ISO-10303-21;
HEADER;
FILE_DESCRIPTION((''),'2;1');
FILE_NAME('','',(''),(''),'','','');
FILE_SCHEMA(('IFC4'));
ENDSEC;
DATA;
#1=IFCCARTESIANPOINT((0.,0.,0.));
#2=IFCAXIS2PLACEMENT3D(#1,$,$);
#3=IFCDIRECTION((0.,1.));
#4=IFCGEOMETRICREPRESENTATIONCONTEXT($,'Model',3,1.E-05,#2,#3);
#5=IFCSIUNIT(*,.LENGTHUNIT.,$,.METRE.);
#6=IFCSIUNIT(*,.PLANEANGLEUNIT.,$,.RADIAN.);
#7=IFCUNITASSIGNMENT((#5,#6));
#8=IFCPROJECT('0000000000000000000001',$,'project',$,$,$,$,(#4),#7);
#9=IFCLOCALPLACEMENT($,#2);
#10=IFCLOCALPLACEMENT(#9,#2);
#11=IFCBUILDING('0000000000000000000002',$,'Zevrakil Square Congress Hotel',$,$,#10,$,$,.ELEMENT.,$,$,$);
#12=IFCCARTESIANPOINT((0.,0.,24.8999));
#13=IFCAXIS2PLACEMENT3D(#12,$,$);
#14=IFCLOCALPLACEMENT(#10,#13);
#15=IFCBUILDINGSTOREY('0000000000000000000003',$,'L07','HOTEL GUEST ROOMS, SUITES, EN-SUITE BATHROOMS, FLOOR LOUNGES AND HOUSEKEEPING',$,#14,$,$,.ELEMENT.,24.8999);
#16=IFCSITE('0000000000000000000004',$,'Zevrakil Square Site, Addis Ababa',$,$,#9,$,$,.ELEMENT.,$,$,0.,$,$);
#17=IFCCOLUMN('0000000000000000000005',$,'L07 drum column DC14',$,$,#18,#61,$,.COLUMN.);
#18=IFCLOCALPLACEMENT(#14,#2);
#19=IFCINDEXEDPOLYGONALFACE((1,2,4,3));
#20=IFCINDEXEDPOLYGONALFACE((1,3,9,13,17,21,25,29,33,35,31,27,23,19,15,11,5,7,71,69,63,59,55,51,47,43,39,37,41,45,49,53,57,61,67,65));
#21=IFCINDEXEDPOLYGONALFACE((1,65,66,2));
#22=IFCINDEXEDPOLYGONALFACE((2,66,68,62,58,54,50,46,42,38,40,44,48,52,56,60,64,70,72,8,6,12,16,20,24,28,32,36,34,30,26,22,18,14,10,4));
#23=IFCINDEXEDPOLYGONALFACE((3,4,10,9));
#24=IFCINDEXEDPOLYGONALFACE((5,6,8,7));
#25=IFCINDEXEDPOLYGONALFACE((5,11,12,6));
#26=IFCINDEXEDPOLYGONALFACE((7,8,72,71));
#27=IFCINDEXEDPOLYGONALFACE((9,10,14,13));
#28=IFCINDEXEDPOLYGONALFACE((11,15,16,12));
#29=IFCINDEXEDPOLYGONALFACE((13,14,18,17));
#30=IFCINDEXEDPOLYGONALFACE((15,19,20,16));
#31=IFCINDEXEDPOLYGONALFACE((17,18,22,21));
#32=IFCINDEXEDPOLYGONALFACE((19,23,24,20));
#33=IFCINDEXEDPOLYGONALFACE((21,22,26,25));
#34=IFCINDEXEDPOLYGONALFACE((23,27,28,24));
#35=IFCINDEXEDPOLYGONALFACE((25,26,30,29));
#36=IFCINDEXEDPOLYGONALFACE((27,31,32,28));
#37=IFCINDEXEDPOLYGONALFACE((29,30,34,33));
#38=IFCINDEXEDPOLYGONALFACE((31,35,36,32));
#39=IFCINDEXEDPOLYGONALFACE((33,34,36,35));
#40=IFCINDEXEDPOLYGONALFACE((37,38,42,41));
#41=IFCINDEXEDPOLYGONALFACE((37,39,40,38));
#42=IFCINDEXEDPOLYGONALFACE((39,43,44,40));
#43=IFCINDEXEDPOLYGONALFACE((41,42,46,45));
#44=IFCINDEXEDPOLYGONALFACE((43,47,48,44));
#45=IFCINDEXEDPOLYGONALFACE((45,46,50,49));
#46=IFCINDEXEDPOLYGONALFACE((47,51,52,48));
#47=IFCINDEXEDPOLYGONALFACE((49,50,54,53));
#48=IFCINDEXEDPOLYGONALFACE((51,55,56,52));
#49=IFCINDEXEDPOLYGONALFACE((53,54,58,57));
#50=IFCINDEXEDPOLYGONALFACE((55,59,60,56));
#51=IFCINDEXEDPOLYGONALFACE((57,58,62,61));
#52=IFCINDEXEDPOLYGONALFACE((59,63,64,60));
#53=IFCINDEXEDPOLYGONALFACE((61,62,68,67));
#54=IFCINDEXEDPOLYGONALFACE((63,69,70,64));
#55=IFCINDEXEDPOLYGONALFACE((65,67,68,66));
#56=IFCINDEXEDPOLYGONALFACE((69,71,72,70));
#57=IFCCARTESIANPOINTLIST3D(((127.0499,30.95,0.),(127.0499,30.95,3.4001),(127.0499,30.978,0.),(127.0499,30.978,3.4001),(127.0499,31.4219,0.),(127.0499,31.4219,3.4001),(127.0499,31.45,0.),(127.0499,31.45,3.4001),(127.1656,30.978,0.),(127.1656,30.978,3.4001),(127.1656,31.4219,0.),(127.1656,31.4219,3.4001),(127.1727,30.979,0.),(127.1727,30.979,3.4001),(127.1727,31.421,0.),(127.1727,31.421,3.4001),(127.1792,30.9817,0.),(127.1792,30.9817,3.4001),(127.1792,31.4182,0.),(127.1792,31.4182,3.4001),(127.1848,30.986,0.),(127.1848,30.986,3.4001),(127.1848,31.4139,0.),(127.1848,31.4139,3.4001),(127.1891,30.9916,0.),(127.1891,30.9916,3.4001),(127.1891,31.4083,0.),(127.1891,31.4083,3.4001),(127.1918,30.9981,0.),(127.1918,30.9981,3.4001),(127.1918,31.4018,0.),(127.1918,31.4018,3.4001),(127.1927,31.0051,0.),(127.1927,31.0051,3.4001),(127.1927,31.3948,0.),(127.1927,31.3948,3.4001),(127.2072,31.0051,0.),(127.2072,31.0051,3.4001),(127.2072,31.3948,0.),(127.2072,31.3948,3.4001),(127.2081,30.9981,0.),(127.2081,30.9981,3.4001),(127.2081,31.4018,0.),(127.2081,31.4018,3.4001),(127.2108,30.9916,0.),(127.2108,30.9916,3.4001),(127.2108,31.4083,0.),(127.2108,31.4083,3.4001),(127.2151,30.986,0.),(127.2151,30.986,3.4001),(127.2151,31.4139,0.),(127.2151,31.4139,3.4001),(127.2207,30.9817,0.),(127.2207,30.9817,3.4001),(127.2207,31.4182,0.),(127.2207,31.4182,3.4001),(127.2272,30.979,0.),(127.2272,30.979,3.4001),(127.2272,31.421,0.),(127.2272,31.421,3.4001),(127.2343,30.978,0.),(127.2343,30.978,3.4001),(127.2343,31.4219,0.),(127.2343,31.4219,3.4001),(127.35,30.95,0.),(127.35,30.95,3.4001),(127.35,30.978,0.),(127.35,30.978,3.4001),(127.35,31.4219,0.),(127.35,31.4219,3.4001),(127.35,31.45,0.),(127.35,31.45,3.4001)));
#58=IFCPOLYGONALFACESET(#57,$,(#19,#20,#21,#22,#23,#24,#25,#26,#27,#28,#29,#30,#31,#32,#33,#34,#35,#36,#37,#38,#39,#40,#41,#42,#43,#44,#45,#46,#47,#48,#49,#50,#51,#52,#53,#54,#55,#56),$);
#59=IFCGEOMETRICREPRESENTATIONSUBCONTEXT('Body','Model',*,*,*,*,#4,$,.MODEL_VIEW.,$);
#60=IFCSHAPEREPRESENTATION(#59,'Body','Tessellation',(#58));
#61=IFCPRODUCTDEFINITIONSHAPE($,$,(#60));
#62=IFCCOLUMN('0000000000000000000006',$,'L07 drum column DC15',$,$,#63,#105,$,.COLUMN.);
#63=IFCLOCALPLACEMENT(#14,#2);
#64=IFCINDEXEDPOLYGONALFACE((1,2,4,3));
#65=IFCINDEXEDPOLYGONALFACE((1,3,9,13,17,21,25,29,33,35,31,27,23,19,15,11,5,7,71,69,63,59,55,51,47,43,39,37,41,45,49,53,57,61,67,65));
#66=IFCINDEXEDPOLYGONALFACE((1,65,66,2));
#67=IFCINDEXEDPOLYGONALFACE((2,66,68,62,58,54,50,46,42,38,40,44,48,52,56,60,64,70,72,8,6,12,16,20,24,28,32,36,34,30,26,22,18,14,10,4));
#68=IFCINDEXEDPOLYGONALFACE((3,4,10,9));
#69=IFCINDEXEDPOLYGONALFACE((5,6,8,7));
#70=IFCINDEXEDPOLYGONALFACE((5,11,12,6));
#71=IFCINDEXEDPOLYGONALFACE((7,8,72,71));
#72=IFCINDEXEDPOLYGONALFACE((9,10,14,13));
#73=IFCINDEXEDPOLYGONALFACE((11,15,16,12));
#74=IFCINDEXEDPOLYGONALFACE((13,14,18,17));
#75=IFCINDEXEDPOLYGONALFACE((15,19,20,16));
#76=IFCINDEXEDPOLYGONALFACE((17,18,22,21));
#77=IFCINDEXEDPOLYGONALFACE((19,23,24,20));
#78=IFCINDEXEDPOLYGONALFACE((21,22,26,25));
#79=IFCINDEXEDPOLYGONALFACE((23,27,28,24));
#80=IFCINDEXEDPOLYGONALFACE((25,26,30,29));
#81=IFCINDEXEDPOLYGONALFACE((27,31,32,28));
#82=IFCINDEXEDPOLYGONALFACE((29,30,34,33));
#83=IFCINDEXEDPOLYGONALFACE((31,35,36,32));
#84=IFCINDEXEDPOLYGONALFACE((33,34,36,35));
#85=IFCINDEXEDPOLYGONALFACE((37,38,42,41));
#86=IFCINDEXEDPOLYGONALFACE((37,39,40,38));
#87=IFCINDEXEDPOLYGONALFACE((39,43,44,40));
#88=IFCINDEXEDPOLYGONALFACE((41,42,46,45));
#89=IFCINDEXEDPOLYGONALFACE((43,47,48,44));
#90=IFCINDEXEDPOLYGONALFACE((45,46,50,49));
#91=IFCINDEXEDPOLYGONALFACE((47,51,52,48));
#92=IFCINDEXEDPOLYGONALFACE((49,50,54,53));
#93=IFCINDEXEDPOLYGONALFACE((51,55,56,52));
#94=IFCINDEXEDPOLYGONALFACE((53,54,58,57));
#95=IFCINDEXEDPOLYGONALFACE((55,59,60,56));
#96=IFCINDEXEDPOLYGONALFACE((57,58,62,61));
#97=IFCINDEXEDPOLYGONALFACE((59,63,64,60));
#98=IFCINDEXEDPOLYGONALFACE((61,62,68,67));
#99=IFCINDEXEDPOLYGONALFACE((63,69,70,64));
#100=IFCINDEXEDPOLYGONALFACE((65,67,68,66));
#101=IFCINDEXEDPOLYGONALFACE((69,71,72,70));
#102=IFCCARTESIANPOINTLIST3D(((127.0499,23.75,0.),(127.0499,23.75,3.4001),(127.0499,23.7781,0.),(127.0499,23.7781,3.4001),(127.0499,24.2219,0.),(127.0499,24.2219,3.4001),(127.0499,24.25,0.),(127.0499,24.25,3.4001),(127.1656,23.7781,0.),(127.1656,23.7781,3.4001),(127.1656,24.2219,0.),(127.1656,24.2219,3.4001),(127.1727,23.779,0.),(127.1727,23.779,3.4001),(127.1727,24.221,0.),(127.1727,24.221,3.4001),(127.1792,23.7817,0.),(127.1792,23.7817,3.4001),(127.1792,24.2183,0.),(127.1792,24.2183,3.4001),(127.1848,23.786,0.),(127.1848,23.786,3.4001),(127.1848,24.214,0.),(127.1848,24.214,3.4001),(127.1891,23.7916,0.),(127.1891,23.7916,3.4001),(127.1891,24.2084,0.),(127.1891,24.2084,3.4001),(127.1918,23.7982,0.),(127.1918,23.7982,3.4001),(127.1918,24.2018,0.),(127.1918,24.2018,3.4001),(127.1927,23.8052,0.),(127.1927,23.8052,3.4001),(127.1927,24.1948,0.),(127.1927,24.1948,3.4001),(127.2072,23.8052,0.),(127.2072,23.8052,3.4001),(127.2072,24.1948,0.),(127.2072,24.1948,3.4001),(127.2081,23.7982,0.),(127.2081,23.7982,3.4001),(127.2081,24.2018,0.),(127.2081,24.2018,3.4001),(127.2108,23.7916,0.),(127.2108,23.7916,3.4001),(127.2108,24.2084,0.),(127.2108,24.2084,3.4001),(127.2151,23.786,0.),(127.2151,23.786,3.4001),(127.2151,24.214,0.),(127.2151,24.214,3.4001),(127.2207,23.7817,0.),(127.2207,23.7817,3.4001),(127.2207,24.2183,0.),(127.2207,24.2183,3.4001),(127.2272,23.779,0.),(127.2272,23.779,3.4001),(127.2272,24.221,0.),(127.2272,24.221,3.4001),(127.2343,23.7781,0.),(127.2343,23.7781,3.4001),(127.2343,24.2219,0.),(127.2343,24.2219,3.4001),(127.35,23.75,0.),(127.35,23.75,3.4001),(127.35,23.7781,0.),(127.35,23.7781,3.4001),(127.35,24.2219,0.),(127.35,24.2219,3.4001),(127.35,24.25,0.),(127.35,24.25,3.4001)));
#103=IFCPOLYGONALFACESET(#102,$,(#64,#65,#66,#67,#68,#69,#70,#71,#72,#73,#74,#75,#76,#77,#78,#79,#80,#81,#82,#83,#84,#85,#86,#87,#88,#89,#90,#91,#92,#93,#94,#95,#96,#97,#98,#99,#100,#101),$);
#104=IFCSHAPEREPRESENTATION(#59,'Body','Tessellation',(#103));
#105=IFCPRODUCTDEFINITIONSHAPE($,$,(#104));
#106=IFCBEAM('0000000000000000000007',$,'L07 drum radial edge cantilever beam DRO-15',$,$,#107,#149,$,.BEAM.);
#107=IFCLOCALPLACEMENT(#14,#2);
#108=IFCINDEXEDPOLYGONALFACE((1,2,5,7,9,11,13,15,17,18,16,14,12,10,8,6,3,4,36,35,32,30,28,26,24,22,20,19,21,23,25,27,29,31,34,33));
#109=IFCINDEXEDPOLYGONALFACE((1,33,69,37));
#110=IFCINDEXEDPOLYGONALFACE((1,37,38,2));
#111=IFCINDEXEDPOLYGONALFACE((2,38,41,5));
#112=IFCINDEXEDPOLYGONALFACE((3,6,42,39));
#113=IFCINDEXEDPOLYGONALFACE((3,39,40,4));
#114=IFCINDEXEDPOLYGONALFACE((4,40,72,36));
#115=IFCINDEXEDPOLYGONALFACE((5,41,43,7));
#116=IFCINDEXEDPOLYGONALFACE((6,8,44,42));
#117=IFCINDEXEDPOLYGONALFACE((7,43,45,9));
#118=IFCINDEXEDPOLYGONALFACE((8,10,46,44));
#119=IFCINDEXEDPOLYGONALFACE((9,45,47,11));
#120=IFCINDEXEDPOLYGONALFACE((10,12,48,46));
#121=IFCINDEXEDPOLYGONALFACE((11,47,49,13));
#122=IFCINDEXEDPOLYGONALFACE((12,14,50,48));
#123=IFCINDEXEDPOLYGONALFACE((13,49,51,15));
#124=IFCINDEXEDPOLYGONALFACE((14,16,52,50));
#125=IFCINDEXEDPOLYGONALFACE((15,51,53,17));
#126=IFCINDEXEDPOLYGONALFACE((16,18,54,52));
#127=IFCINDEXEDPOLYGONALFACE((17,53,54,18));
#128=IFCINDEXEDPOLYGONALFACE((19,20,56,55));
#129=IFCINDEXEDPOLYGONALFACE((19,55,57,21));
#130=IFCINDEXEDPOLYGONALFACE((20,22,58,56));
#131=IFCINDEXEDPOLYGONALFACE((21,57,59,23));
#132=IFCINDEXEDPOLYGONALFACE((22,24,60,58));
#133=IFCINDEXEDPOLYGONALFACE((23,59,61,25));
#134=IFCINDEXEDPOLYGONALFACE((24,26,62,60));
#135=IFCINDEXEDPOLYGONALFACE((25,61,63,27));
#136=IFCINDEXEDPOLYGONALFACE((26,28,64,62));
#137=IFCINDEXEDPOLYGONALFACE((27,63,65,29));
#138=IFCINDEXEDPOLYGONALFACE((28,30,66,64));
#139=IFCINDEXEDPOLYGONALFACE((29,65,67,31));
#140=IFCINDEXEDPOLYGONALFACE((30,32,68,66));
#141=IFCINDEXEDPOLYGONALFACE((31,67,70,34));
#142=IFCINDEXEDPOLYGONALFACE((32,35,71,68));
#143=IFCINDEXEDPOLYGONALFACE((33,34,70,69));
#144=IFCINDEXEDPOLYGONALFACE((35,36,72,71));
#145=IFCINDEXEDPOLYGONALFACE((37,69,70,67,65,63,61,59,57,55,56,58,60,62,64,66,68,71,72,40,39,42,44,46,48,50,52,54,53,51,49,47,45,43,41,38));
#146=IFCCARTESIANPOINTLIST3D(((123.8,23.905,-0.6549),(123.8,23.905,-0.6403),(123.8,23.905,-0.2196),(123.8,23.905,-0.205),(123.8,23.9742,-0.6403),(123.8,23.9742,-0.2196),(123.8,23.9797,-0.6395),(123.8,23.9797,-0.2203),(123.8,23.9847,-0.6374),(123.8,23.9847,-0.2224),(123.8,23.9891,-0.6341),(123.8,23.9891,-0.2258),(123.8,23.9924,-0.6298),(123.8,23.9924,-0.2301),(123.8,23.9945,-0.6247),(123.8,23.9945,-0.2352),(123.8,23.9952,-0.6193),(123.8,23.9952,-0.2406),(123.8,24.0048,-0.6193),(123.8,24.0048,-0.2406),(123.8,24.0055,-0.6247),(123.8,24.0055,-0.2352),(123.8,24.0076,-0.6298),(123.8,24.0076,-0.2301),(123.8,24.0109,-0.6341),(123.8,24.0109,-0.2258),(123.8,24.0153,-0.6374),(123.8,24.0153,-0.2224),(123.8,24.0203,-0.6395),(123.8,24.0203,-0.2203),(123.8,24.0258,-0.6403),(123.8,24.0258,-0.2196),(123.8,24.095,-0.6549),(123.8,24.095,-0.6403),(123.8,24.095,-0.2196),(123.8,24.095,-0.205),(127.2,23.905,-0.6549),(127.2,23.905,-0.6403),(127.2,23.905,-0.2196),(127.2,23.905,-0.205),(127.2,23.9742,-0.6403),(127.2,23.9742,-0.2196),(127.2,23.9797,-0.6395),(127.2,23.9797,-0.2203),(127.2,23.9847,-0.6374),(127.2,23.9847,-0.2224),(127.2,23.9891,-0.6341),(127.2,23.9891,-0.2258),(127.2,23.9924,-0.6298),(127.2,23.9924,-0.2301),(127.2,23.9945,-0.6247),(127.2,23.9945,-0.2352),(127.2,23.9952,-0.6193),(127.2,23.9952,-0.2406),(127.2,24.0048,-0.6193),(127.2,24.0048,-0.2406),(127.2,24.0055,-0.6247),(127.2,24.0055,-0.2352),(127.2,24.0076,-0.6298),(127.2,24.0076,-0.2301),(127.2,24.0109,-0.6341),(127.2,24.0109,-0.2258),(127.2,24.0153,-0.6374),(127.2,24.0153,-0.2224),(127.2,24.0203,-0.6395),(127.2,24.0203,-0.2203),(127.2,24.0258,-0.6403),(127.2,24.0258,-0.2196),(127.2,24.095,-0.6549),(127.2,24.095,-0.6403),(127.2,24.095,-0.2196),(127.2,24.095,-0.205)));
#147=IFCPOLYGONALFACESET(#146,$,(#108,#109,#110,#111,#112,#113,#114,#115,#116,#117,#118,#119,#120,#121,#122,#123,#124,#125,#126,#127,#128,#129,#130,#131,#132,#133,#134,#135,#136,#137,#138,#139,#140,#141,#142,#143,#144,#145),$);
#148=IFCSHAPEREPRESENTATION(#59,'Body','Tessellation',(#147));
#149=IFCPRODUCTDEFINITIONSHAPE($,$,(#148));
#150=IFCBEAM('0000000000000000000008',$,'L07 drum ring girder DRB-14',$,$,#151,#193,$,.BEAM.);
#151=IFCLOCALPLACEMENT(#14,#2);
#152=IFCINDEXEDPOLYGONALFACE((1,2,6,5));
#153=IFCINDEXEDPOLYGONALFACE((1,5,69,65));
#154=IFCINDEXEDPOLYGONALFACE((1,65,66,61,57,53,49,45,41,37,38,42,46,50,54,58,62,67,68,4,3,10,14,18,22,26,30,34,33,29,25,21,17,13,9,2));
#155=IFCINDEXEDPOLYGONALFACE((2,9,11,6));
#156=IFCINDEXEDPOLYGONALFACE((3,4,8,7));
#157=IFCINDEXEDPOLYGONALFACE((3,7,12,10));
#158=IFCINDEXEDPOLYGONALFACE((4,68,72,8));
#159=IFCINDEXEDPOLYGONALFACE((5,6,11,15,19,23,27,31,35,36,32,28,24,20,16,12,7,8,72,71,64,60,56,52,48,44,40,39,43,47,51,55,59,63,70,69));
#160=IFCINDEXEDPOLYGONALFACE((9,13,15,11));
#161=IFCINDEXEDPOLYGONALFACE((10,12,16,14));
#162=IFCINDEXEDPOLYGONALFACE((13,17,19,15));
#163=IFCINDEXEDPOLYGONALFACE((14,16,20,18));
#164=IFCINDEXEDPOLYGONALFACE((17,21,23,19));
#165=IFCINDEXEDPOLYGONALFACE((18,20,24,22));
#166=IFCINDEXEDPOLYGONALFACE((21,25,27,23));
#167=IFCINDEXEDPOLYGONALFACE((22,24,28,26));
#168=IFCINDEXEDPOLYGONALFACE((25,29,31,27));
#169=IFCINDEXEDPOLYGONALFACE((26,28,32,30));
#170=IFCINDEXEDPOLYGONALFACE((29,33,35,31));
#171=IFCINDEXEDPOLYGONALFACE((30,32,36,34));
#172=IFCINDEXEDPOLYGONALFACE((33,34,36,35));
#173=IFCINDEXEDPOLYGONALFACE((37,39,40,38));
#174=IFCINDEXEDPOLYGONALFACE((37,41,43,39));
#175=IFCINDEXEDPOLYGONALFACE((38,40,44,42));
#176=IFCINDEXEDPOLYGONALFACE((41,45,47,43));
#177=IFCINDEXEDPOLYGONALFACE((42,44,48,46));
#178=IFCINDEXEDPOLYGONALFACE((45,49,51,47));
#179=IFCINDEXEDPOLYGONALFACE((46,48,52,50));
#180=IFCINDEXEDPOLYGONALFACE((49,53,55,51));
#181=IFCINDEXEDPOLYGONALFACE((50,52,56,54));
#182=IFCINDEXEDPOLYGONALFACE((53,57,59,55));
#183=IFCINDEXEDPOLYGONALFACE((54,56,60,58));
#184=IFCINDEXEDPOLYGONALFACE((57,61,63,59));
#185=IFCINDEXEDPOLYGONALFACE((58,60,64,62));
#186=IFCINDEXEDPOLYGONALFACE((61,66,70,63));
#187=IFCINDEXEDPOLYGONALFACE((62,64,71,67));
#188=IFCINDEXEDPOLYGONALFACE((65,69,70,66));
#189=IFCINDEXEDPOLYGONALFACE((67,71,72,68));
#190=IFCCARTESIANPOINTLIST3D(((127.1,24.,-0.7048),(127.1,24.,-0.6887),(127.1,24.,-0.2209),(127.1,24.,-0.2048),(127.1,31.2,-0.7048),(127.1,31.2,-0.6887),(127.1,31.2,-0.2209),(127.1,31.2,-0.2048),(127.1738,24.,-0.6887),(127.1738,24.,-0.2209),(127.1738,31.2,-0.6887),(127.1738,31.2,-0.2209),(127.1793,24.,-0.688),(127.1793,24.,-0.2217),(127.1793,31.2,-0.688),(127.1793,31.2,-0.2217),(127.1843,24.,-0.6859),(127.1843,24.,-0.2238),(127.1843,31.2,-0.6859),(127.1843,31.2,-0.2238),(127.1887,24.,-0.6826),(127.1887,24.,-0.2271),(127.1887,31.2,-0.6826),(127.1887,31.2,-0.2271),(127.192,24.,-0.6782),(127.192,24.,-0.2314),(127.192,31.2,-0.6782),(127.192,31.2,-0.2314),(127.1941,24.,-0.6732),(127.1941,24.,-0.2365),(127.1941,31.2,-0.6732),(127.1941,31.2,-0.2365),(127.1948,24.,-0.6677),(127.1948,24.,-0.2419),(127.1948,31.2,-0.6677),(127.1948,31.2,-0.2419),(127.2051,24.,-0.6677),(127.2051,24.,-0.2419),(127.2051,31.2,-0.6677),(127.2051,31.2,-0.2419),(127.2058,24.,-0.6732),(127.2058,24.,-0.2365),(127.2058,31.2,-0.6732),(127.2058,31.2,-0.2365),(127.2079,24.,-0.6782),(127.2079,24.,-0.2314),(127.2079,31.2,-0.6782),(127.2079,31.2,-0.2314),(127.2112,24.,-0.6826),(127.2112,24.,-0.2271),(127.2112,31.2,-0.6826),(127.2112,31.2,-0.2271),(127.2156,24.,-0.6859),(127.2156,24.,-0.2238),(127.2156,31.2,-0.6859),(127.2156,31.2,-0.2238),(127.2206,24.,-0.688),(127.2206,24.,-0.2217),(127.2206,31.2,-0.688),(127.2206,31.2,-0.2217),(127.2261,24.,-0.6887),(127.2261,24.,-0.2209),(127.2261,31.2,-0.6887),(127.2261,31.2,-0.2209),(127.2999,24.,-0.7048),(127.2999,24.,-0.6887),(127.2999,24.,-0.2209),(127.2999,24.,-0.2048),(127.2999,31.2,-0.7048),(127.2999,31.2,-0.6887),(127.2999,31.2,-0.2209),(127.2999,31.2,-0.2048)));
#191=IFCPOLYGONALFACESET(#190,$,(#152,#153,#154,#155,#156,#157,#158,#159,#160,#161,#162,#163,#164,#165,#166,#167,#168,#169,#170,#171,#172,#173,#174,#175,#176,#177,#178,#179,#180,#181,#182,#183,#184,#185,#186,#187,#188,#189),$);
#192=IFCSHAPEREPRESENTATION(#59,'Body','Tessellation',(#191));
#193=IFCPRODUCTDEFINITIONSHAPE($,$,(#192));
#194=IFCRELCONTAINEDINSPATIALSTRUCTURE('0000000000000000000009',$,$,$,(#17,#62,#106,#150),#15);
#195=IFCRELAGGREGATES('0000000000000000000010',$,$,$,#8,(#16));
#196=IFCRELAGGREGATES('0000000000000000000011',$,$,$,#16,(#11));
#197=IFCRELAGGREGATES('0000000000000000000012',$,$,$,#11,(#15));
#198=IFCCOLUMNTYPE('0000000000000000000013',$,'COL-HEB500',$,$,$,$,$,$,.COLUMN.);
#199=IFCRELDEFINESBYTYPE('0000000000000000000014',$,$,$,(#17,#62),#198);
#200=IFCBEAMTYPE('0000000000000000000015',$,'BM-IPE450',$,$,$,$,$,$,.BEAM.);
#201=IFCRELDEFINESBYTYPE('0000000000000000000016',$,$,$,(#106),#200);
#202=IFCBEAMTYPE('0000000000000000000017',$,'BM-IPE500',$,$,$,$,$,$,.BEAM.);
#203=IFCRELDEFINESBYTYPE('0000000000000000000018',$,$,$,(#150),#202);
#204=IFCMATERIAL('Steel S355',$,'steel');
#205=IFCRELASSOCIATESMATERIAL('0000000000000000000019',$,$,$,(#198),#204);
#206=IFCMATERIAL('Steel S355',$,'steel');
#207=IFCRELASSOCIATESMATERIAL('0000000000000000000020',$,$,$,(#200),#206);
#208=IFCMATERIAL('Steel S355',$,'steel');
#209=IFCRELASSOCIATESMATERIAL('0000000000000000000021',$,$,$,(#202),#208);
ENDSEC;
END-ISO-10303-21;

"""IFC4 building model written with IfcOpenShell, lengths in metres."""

from ifc_helpers import new_model, si_unit, direction, frame, origin, origin_2d, place, context, subcontext, project, spatial, i_section, extrude, material, material_profile, profile_set, type_object, element, save


model = new_model("IFC4")

# Units and contexts
model_context = context("Model", 3, precision=1e-05, world=origin(), true_north=direction((0.0, 1.0)))
body_context = subcontext(model_context, "Body", "Model", "MODEL_VIEW")
ifc_project = project(units=[si_unit("LENGTHUNIT", "METRE"), si_unit("PLANEANGLEUNIT", "RADIAN")], contexts=[model_context])

# Site, building, storey
site_placement = place(None, origin())
site = spatial("IfcSite", under=ifc_project, at=site_placement, Name="Zevrakil Square Site, Addis Ababa", CompositionType="ELEMENT", RefElevation=0.0)
building_placement = place(site_placement, origin())
building = spatial("IfcBuilding", under=site, at=building_placement, Name="Zevrakil Square Congress Hotel", CompositionType="ELEMENT")
storey_placement = place(building_placement, frame((0.0, 0.0, 24.8999)))
storey = spatial("IfcBuildingStorey", under=building, at=storey_placement, Name="L07", Description="HOTEL GUEST ROOMS, SUITES, EN-SUITE BATHROOMS, FLOOR LOUNGES AND HOUSEKEEPING", CompositionType="ELEMENT", Elevation=24.8999)

# Columns
ifc_material_1 = material(Name="Steel S355", Category="steel")
ifc_material_profile_1 = material_profile(ifc_material_1, i_section(OverallWidth=0.3, OverallDepth=0.5, WebThickness=0.0144, FlangeThickness=0.0281, FilletRadius=0.0271, at=origin_2d()), Name="HEB 500")
ifc_profile_set_1 = profile_set([ifc_material_profile_1], Name="Steel S355")
column_type = type_object("IfcColumnType", Name="COL-HEB500", PredefinedType="COLUMN", material=ifc_profile_set_1)
for number, where, z_axis, x_axis, name in (
    (1, (127.2, 31.2, 0.0), (0.0, 0.0, 1.0), (1.0, 0.0, 0.0), "L07 drum column DC14"),
    (2, (127.2, 24.0, 0.0), (0.0, 0.0, 1.0), (1.0, 0.0, 0.0), "L07 drum column DC15"),
):
    element("IfcColumn", number, at=place(storey_placement, frame(where, z_axis=z_axis, x_axis=x_axis)), inside=storey, type_object=column_type, Name=name, PredefinedType="COLUMN", context=body_context, shape_type="SweptSolid", body=[
        extrude(i_section(OverallWidth=0.3, OverallDepth=0.5, WebThickness=0.0144, FlangeThickness=0.0281, FilletRadius=0.0271, at=origin_2d()), origin(), (0.0, 0.0, 1.0), 3.4001),
    ])

# Beams
ifc_material_2 = material(Name="Steel S355", Category="steel")
ifc_material_profile_2 = material_profile(ifc_material_2, i_section(OverallWidth=0.1899, OverallDepth=0.45, WebThickness=0.0095, FlangeThickness=0.0146, FilletRadius=0.021, at=origin_2d()), Name="IPE 450")
ifc_profile_set_2 = profile_set([ifc_material_profile_2], Name="Steel S355")
beam_type_1 = type_object("IfcBeamType", Name="BM-IPE450", PredefinedType="BEAM", material=ifc_profile_set_2)
beam_placement = place(storey_placement, frame((127.2, 24.0, -0.4299), z_axis=(-1.0, 0.0, 0.0), x_axis=(0.0, -1.0, 0.0)))
element("IfcBeam", 3, at=beam_placement, inside=storey, type_object=beam_type_1, Name="L07 drum radial edge cantilever beam DRO-15", PredefinedType="BEAM", context=body_context, shape_type="SweptSolid", body=[
    extrude(i_section(OverallWidth=0.1899, OverallDepth=0.45, WebThickness=0.0095, FlangeThickness=0.0146, FilletRadius=0.021, at=origin_2d()), origin(), (0.0, 0.0, 1.0), 3.3999),
])
ifc_material_3 = material(Name="Steel S355", Category="steel")
ifc_material_profile_3 = material_profile(ifc_material_3, i_section(OverallWidth=0.2, OverallDepth=0.5, WebThickness=0.0103, FlangeThickness=0.0161, FilletRadius=0.021, at=origin_2d()), Name="IPE 500")
ifc_profile_set_3 = profile_set([ifc_material_profile_3], Name="Steel S355")
beam_type_2 = type_object("IfcBeamType", Name="BM-IPE500", PredefinedType="BEAM", material=ifc_profile_set_3)
for number, where, z_axis, x_axis, name in (
    (4, (127.2, 31.2, -0.4548), (0.0, -1.0, 0.0), (1.0, 0.0, 0.0), "L07 drum ring girder DRB-14"),
):
    element("IfcBeam", number, at=place(storey_placement, frame(where, z_axis=z_axis, x_axis=x_axis)), inside=storey, type_object=beam_type_2, Name=name, PredefinedType="BEAM", context=body_context, shape_type="SweptSolid", body=[
        extrude(i_section(OverallWidth=0.2, OverallDepth=0.5, WebThickness=0.0103, FlangeThickness=0.0161, FilletRadius=0.021, at=origin_2d()), origin(), (0.0, 0.0, 1.0), 7.2),
    ])

save(model, "model.ifc")
